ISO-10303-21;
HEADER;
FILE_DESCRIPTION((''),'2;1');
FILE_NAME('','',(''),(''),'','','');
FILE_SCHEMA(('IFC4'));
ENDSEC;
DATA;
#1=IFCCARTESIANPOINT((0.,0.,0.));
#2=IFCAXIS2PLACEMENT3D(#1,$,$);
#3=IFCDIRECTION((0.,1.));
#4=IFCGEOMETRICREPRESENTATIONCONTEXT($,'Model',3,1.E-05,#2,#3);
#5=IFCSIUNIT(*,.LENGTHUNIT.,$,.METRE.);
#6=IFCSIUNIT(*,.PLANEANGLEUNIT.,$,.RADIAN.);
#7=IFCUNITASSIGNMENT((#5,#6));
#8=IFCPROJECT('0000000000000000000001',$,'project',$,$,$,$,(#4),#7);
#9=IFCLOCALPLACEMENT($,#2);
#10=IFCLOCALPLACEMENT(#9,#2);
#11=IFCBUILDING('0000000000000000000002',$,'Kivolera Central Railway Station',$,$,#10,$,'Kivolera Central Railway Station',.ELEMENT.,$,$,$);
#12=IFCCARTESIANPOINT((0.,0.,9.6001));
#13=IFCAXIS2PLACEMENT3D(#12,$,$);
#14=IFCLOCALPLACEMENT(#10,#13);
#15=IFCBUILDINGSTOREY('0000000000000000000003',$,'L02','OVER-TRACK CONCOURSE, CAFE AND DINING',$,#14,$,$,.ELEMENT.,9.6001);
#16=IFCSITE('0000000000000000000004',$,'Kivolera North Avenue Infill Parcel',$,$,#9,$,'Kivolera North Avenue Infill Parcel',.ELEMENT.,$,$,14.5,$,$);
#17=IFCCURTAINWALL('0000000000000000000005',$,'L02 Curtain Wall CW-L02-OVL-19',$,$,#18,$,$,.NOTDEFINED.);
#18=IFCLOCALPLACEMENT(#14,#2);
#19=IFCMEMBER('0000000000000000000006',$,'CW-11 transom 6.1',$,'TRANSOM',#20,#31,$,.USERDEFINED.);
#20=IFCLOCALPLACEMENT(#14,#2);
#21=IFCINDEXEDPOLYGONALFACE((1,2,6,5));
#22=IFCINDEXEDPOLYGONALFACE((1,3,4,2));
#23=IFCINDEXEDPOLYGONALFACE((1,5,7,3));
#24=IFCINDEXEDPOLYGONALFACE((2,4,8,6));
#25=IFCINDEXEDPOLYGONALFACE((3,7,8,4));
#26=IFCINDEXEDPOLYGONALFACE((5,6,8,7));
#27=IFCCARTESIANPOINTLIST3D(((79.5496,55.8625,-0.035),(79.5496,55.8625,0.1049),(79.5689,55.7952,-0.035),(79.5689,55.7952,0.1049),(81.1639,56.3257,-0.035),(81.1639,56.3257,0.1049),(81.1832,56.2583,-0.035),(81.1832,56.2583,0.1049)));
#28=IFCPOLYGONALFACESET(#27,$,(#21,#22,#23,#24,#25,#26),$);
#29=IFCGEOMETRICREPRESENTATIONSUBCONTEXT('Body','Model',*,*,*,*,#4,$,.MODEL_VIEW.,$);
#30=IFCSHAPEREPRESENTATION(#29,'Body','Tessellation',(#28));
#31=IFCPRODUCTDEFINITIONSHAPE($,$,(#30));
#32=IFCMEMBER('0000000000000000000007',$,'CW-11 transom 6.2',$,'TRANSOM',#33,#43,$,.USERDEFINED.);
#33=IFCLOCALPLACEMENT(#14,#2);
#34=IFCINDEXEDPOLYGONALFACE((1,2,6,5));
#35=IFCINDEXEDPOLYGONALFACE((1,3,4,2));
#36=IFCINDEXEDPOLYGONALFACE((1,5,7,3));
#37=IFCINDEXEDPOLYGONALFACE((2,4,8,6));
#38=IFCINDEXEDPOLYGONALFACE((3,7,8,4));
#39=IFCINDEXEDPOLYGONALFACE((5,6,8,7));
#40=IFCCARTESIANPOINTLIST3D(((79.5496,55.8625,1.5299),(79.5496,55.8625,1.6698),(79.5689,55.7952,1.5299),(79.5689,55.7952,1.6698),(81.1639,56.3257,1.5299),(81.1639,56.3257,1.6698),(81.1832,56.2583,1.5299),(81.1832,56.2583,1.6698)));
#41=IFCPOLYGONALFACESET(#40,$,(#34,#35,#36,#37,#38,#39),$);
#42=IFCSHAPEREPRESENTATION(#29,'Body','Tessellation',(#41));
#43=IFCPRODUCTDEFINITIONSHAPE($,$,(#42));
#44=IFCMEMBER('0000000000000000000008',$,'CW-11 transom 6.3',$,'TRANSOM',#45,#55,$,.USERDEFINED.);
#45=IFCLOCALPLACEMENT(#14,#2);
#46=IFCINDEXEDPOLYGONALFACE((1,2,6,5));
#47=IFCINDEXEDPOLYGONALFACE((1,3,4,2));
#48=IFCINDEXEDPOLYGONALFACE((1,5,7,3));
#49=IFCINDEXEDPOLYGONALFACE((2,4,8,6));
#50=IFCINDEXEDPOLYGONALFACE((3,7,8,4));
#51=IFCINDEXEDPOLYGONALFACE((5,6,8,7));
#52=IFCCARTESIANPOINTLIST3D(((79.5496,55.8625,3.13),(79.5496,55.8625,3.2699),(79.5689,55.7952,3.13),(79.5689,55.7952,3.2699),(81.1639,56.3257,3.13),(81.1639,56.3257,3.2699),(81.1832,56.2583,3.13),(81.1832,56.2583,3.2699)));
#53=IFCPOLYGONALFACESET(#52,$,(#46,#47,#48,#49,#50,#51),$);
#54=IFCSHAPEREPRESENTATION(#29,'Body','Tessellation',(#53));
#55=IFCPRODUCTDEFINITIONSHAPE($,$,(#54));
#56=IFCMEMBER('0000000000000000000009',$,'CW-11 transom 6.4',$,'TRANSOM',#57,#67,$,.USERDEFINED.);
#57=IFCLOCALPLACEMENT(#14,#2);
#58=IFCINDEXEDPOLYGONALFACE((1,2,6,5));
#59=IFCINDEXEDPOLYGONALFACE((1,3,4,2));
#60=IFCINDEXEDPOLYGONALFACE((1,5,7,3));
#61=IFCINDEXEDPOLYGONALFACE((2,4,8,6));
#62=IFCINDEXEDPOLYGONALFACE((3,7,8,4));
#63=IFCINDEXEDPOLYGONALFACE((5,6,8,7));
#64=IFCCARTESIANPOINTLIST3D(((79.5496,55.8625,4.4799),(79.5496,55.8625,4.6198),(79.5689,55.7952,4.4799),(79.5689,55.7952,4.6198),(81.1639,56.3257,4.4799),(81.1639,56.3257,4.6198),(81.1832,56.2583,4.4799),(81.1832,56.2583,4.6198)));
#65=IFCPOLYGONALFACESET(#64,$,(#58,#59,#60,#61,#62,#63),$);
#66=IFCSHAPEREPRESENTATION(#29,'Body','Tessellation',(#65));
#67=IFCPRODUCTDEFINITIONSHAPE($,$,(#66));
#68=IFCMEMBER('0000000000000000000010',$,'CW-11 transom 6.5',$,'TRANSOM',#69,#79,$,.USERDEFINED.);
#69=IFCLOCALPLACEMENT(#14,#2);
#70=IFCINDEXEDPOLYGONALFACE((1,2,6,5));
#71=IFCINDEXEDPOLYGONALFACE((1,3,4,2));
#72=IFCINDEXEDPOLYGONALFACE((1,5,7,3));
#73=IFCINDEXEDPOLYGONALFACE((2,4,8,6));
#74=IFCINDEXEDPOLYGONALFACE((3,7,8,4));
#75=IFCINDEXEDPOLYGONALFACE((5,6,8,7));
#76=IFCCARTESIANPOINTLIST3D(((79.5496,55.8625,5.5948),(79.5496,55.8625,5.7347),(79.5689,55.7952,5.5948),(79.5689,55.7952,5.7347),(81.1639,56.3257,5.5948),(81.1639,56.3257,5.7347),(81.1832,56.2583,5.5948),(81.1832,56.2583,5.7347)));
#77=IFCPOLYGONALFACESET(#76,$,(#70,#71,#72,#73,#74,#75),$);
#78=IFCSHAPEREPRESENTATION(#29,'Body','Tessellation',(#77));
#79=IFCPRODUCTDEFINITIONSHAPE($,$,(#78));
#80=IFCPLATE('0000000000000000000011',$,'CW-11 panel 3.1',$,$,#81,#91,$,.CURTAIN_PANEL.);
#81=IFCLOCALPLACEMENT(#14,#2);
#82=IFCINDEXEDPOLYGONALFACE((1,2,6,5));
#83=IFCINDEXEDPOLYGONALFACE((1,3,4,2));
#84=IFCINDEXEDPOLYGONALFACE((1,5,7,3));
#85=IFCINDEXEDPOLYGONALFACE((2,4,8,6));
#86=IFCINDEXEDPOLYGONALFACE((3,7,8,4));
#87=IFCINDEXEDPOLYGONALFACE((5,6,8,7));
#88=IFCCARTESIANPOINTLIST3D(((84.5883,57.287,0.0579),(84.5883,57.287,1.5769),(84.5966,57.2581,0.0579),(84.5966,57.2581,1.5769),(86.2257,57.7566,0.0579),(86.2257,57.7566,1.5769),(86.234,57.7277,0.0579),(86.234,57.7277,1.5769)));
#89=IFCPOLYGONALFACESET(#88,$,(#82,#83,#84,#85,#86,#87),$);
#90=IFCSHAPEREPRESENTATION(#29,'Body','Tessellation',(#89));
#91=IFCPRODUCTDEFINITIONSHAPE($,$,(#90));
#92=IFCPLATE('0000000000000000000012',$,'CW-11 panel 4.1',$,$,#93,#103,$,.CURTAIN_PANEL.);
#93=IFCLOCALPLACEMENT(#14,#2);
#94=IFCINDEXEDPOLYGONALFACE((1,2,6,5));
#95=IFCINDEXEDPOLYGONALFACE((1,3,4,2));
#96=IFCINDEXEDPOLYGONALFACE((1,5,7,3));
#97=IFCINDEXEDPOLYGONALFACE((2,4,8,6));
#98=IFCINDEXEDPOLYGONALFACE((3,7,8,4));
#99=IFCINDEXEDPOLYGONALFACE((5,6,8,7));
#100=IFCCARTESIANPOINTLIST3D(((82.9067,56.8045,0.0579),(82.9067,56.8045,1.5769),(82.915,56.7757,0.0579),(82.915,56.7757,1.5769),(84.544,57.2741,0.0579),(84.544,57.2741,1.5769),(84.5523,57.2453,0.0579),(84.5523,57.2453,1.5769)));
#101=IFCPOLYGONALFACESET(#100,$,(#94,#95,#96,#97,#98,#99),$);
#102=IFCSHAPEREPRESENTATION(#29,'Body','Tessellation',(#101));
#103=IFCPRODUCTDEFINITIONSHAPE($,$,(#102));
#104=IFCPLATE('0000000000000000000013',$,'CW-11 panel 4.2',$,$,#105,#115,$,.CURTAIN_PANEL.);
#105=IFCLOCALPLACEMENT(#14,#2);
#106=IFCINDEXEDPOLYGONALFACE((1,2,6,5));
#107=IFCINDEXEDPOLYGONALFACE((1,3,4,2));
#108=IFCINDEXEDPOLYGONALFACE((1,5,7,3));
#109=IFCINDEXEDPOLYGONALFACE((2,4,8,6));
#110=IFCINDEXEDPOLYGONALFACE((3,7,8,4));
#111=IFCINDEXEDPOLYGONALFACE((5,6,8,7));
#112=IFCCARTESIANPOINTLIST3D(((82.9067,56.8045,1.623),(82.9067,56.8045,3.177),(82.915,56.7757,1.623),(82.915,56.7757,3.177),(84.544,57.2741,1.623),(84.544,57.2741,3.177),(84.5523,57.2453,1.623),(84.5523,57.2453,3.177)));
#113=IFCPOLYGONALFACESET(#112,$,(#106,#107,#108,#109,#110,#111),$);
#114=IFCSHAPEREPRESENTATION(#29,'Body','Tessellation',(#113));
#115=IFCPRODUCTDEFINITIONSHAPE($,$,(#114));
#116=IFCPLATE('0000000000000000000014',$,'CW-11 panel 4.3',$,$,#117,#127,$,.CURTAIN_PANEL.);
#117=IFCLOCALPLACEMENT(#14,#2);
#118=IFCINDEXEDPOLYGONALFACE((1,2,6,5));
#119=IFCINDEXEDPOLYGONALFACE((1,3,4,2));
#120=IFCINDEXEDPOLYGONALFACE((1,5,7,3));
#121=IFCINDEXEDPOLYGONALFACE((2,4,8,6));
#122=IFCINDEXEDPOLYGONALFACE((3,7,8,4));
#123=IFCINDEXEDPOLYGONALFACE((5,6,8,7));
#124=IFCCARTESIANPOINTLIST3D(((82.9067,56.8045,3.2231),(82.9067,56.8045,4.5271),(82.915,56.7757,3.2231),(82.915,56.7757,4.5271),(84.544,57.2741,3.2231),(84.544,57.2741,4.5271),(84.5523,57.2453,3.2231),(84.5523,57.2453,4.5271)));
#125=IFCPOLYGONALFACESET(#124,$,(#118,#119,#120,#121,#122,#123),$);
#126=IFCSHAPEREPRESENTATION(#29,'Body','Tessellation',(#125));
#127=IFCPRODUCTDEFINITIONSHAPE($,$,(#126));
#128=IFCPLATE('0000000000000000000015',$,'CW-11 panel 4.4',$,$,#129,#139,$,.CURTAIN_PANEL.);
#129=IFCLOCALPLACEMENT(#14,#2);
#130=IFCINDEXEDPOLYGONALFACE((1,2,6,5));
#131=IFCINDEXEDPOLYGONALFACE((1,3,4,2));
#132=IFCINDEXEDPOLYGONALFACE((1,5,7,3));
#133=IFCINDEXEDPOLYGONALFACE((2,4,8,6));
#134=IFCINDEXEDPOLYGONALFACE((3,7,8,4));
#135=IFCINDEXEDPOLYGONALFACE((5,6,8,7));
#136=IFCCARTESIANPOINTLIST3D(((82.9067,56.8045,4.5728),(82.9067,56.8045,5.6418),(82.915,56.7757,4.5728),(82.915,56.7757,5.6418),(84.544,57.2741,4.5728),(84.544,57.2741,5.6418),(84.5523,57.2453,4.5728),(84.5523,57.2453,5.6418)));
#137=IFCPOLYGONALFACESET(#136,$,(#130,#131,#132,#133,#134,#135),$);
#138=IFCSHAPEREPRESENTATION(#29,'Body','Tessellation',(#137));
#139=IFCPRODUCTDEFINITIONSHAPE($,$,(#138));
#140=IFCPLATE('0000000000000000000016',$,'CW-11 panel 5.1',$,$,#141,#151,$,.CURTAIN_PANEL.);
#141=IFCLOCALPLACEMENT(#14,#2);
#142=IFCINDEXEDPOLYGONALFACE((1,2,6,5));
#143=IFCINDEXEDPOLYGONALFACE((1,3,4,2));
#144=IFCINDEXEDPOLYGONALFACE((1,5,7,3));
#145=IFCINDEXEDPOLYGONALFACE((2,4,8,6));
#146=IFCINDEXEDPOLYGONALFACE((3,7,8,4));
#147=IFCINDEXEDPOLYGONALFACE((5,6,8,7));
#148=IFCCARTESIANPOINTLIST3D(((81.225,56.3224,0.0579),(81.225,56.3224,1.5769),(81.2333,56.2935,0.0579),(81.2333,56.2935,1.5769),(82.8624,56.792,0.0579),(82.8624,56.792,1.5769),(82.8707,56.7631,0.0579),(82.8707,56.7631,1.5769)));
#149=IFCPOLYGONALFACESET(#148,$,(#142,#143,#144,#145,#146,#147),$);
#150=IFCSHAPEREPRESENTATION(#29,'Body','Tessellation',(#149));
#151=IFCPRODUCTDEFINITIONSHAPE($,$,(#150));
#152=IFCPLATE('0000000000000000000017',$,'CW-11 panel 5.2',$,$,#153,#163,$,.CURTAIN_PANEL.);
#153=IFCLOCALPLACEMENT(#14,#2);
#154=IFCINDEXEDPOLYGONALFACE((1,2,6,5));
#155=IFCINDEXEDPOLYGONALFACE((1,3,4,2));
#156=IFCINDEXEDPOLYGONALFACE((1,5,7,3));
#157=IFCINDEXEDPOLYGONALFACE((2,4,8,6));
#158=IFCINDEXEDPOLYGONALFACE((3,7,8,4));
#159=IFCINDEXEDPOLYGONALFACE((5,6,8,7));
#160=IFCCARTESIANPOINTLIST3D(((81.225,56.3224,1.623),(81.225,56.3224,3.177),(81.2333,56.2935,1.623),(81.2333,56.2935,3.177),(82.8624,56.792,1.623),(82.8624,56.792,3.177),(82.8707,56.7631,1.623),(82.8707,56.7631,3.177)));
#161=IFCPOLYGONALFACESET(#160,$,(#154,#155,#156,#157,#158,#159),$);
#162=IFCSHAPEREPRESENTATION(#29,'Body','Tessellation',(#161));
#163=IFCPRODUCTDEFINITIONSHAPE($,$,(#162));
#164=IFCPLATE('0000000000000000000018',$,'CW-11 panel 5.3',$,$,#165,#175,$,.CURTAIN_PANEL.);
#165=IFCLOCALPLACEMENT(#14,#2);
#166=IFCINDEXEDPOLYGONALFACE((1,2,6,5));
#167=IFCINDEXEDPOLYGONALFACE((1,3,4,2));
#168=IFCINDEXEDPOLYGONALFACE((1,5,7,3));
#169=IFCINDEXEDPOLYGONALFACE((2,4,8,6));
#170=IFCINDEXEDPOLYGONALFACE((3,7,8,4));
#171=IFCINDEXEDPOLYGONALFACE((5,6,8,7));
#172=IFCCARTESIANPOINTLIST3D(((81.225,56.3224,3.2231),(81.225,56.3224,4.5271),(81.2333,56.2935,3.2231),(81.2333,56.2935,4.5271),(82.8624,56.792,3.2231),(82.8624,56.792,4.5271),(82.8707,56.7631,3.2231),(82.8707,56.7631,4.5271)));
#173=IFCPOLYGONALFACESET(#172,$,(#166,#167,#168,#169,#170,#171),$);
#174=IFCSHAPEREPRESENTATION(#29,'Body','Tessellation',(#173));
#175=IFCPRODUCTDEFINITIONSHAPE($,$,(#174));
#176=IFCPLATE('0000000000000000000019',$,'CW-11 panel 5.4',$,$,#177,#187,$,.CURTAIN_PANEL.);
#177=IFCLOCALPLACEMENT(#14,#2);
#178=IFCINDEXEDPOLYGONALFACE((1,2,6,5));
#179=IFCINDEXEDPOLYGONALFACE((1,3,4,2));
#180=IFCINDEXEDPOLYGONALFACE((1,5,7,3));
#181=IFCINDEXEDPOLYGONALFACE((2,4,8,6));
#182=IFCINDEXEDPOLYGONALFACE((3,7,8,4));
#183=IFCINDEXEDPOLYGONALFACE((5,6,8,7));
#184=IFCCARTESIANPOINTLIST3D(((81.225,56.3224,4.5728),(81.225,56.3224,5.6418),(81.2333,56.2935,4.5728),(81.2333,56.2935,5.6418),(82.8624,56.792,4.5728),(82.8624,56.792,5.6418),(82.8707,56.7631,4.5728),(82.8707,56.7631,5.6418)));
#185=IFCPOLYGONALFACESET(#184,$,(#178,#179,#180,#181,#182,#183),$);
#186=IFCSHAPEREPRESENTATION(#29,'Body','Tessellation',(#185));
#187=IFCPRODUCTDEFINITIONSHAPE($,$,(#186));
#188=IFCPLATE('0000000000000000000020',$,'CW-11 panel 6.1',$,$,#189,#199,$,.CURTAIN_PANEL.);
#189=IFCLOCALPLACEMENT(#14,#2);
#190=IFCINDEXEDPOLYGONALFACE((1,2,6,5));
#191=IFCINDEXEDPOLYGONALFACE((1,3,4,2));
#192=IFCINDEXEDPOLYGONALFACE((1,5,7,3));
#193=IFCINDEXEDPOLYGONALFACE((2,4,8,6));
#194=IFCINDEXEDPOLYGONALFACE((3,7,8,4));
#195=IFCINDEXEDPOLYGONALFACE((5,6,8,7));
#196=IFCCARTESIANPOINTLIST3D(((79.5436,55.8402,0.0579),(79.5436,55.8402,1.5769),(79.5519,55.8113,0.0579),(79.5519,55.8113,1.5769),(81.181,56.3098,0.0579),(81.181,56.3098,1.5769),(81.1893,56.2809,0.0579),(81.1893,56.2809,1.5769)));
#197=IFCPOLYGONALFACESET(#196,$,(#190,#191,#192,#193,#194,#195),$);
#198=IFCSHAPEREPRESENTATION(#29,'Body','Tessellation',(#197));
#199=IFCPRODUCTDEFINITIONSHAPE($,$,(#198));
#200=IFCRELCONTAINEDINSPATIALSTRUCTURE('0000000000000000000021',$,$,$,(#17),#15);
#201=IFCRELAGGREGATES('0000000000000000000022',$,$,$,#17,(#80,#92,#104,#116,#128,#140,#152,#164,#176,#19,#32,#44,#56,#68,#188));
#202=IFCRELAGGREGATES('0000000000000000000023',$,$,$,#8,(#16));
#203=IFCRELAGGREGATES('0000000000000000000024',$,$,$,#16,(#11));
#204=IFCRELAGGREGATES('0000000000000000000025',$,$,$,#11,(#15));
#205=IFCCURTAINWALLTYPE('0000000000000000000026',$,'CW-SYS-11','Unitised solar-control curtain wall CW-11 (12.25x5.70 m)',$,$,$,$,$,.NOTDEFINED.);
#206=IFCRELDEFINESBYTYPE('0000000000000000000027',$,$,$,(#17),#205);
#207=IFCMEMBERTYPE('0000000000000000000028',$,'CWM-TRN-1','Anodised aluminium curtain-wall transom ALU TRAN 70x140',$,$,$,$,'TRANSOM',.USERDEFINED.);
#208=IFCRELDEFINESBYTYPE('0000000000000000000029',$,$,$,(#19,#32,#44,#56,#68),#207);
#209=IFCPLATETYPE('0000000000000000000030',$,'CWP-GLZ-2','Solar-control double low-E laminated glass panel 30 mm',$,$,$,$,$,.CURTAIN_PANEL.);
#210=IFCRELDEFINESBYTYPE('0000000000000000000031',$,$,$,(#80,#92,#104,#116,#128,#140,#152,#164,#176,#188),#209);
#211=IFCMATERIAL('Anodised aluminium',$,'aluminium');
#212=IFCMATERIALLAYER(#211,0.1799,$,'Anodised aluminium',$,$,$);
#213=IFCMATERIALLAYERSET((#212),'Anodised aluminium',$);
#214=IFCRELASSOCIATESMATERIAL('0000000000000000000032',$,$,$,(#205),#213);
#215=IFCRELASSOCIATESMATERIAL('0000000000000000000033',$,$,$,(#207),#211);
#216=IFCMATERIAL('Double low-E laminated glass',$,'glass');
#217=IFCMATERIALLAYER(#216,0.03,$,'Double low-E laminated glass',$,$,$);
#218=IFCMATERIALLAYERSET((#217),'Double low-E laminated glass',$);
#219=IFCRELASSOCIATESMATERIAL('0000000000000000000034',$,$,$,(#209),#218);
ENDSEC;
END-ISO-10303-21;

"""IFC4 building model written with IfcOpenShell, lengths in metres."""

from ifc_helpers import new_model, si_unit, direction, frame, origin, origin_2d, place, context, subcontext, project, spatial, rectangle, extrude, material, layer, layer_set, material_profile, profile_set, type_object, element, aggregate, save


model = new_model("IFC4")

# Units and contexts
model_context = context("Model", 3, precision=1e-05, world=origin(), true_north=direction((0.0, 1.0)))
body_context = subcontext(model_context, "Body", "Model", "MODEL_VIEW")
ifc_project = project(units=[si_unit("LENGTHUNIT", "METRE"), si_unit("PLANEANGLEUNIT", "RADIAN")], contexts=[model_context])

# Site, building, storey
site_placement = place(None, origin())
site = spatial("IfcSite", under=ifc_project, at=site_placement, Name="Kivolera North Avenue Infill Parcel", LongName="Kivolera North Avenue Infill Parcel", CompositionType="ELEMENT", RefElevation=14.5)
building_placement = place(site_placement, origin())
building = spatial("IfcBuilding", under=site, at=building_placement, Name="Kivolera Central Railway Station", LongName="Kivolera Central Railway Station", CompositionType="ELEMENT")
storey_placement = place(building_placement, frame((0.0, 0.0, 9.6001)))
storey = spatial("IfcBuildingStorey", under=building, at=storey_placement, Name="L02", Description="OVER-TRACK CONCOURSE, CAFE AND DINING", CompositionType="ELEMENT", Elevation=9.6001)

# Curtain wall, members, plates
ifc_material_1 = material(Name="Anodised aluminium", Category="aluminium")
ifc_layer_1 = layer(ifc_material_1, 0.1799, Name="Anodised aluminium")
ifc_layer_set_1 = layer_set([ifc_layer_1], Name="Anodised aluminium")
curtain_wall_type = type_object("IfcCurtainWallType", Name="CW-SYS-11", Description="Unitised solar-control curtain wall CW-11 (12.25x5.70 m)", PredefinedType="NOTDEFINED", material=ifc_layer_set_1)
curtain_wall_placement = place(storey_placement, origin())
curtain_wall = element("IfcCurtainWall", 1, at=curtain_wall_placement, inside=storey, type_object=curtain_wall_type, Name="L02 Curtain Wall CW-L02-OVL-19", PredefinedType="NOTDEFINED")
ifc_material_profile_1 = material_profile(ifc_material_1, rectangle(XDim=0.0701, YDim=0.1399, at=origin_2d()), Name="ALU TRAN 70x140")
ifc_profile_set_1 = profile_set([ifc_material_profile_1], Name="Anodised aluminium")
member_type_1 = type_object("IfcMemberType", Name="CWM-TRN-1", Description="Anodised aluminium curtain-wall transom ALU TRAN 70x140", ElementType="TRANSOM", PredefinedType="USERDEFINED", material=ifc_profile_set_1)
member_1_placement = place(storey_placement, frame((81.1736, 56.292, 0.0349), z_axis=(-0.961222, -0.275777, 0.0), x_axis=(0.275777, -0.961222, 0.0)))
member_1 = element("IfcMember", 2, at=member_1_placement, type_object=member_type_1, Name="CW-11 transom 6.1", ObjectType="TRANSOM", PredefinedType="USERDEFINED", context=body_context, shape_type="SweptSolid", body=[
    extrude(rectangle(XDim=0.0701, YDim=0.1399, at=origin_2d()), origin(), (0.0, 0.0, 1.0), 1.6794),
])
member_2_placement = place(storey_placement, frame((81.1736, 56.292, 1.5999), z_axis=(-0.961222, -0.275777, 0.0), x_axis=(0.275777, -0.961222, 0.0)))
member_2 = element("IfcMember", 3, at=member_2_placement, type_object=member_type_1, Name="CW-11 transom 6.2", ObjectType="TRANSOM", PredefinedType="USERDEFINED", context=body_context, shape_type="SweptSolid", body=[
    extrude(rectangle(XDim=0.0701, YDim=0.1399, at=origin_2d()), origin(), (0.0, 0.0, 1.0), 1.6794),
])
member_3_placement = place(storey_placement, frame((81.1736, 56.292, 3.2), z_axis=(-0.961222, -0.275777, 0.0), x_axis=(0.275777, -0.961222, 0.0)))
member_3 = element("IfcMember", 4, at=member_3_placement, type_object=member_type_1, Name="CW-11 transom 6.3", ObjectType="TRANSOM", PredefinedType="USERDEFINED", context=body_context, shape_type="SweptSolid", body=[
    extrude(rectangle(XDim=0.0701, YDim=0.1399, at=origin_2d()), origin(), (0.0, 0.0, 1.0), 1.6794),
])
member_4_placement = place(storey_placement, frame((81.1736, 56.292, 4.5498), z_axis=(-0.961222, -0.275777, 0.0), x_axis=(0.275777, -0.961222, 0.0)))
member_4 = element("IfcMember", 5, at=member_4_placement, type_object=member_type_1, Name="CW-11 transom 6.4", ObjectType="TRANSOM", PredefinedType="USERDEFINED", context=body_context, shape_type="SweptSolid", body=[
    extrude(rectangle(XDim=0.0701, YDim=0.1399, at=origin_2d()), origin(), (0.0, 0.0, 1.0), 1.6794),
])
member_5_placement = place(storey_placement, frame((81.1736, 56.292, 5.6648), z_axis=(-0.961222, -0.275777, 0.0), x_axis=(0.275777, -0.961222, 0.0)))
member_5 = element("IfcMember", 6, at=member_5_placement, type_object=member_type_1, Name="CW-11 transom 6.5", ObjectType="TRANSOM", PredefinedType="USERDEFINED", context=body_context, shape_type="SweptSolid", body=[
    extrude(rectangle(XDim=0.0701, YDim=0.1399, at=origin_2d()), origin(), (0.0, 0.0, 1.0), 1.6794),
])
ifc_material_2 = material(Name="Double low-E laminated glass", Category="glass")
ifc_layer_2 = layer(ifc_material_2, 0.03, Name="Double low-E laminated glass")
ifc_layer_set_2 = layer_set([ifc_layer_2], Name="Double low-E laminated glass")
plate_type = type_object("IfcPlateType", Name="CWP-GLZ-2", Description="Solar-control double low-E laminated glass panel 30 mm", PredefinedType="CURTAIN_PANEL", material=ifc_layer_set_2)
plate_1_placement = place(storey_placement, frame((85.4111, 57.5073, 0.0579), z_axis=(0.0, 0.0, 1.0), x_axis=(-0.961246, -0.275692, 0.0)))
plate_1 = element("IfcPlate", 7, at=plate_1_placement, type_object=plate_type, Name="CW-11 panel 3.1", PredefinedType="CURTAIN_PANEL", context=body_context, shape_type="SweptSolid", body=[
    extrude(rectangle(XDim=1.7034, YDim=0.03, at=origin_2d()), origin(), (0.0, 0.0, 1.0), 1.519),
])
plate_2_placement = place(storey_placement, frame((83.7295, 57.0249, 0.0579), z_axis=(0.0, 0.0, 1.0), x_axis=(-0.961246, -0.275692, 0.0)))
plate_2 = element("IfcPlate", 8, at=plate_2_placement, type_object=plate_type, Name="CW-11 panel 4.1", PredefinedType="CURTAIN_PANEL", context=body_context, shape_type="SweptSolid", body=[
    extrude(rectangle(XDim=1.7034, YDim=0.03, at=origin_2d()), origin(), (0.0, 0.0, 1.0), 1.519),
])
plate_3_placement = place(storey_placement, frame((83.7295, 57.0249, 1.623), z_axis=(0.0, 0.0, 1.0), x_axis=(-0.961246, -0.275692, 0.0)))
plate_3 = element("IfcPlate", 9, at=plate_3_placement, type_object=plate_type, Name="CW-11 panel 4.2", PredefinedType="CURTAIN_PANEL", context=body_context, shape_type="SweptSolid", body=[
    extrude(rectangle(XDim=1.7034, YDim=0.03, at=origin_2d()), origin(), (0.0, 0.0, 1.0), 1.554),
])
plate_4_placement = place(storey_placement, frame((83.7295, 57.0249, 3.2231), z_axis=(0.0, 0.0, 1.0), x_axis=(-0.961246, -0.275692, 0.0)))
plate_4 = element("IfcPlate", 10, at=plate_4_placement, type_object=plate_type, Name="CW-11 panel 4.3", PredefinedType="CURTAIN_PANEL", context=body_context, shape_type="SweptSolid", body=[
    extrude(rectangle(XDim=1.7034, YDim=0.03, at=origin_2d()), origin(), (0.0, 0.0, 1.0), 1.304),
])
plate_5_placement = place(storey_placement, frame((83.7295, 57.0249, 4.5728), z_axis=(0.0, 0.0, 1.0), x_axis=(-0.961246, -0.275692, 0.0)))
plate_5 = element("IfcPlate", 11, at=plate_5_placement, type_object=plate_type, Name="CW-11 panel 4.4", PredefinedType="CURTAIN_PANEL", context=body_context, shape_type="SweptSolid", body=[
    extrude(rectangle(XDim=1.7034, YDim=0.03, at=origin_2d()), origin(), (0.0, 0.0, 1.0), 1.0691),
])
plate_6_placement = place(storey_placement, frame((82.0479, 56.5427, 0.0579), z_axis=(0.0, 0.0, 1.0), x_axis=(-0.961246, -0.275692, 0.0)))
plate_6 = element("IfcPlate", 12, at=plate_6_placement, type_object=plate_type, Name="CW-11 panel 5.1", PredefinedType="CURTAIN_PANEL", context=body_context, shape_type="SweptSolid", body=[
    extrude(rectangle(XDim=1.7034, YDim=0.03, at=origin_2d()), origin(), (0.0, 0.0, 1.0), 1.519),
])
plate_7_placement = place(storey_placement, frame((82.0479, 56.5427, 1.623), z_axis=(0.0, 0.0, 1.0), x_axis=(-0.961246, -0.275692, 0.0)))
plate_7 = element("IfcPlate", 13, at=plate_7_placement, type_object=plate_type, Name="CW-11 panel 5.2", PredefinedType="CURTAIN_PANEL", context=body_context, shape_type="SweptSolid", body=[
    extrude(rectangle(XDim=1.7034, YDim=0.03, at=origin_2d()), origin(), (0.0, 0.0, 1.0), 1.554),
])
plate_8_placement = place(storey_placement, frame((82.0479, 56.5427, 3.2231), z_axis=(0.0, 0.0, 1.0), x_axis=(-0.961246, -0.275692, 0.0)))
plate_8 = element("IfcPlate", 14, at=plate_8_placement, type_object=plate_type, Name="CW-11 panel 5.3", PredefinedType="CURTAIN_PANEL", context=body_context, shape_type="SweptSolid", body=[
    extrude(rectangle(XDim=1.7034, YDim=0.03, at=origin_2d()), origin(), (0.0, 0.0, 1.0), 1.304),
])
plate_9_placement = place(storey_placement, frame((82.0479, 56.5427, 4.5728), z_axis=(0.0, 0.0, 1.0), x_axis=(-0.961246, -0.275692, 0.0)))
plate_9 = element("IfcPlate", 15, at=plate_9_placement, type_object=plate_type, Name="CW-11 panel 5.4", PredefinedType="CURTAIN_PANEL", context=body_context, shape_type="SweptSolid", body=[
    extrude(rectangle(XDim=1.7034, YDim=0.03, at=origin_2d()), origin(), (0.0, 0.0, 1.0), 1.0691),
])
plate_10_placement = place(storey_placement, frame((80.3665, 56.0605, 0.0579), z_axis=(0.0, 0.0, 1.0), x_axis=(-0.961246, -0.275692, 0.0)))
plate_10 = element("IfcPlate", 16, at=plate_10_placement, type_object=plate_type, Name="CW-11 panel 6.1", PredefinedType="CURTAIN_PANEL", context=body_context, shape_type="SweptSolid", body=[
    extrude(rectangle(XDim=1.7034, YDim=0.03, at=origin_2d()), origin(), (0.0, 0.0, 1.0), 1.519),
])
aggregate(curtain_wall, [plate_1, plate_2, plate_3, plate_4, plate_5, plate_6, plate_7, plate_8, plate_9, member_1, member_2, member_3, member_4, member_5, plate_10])

save(model, "model.ifc")
